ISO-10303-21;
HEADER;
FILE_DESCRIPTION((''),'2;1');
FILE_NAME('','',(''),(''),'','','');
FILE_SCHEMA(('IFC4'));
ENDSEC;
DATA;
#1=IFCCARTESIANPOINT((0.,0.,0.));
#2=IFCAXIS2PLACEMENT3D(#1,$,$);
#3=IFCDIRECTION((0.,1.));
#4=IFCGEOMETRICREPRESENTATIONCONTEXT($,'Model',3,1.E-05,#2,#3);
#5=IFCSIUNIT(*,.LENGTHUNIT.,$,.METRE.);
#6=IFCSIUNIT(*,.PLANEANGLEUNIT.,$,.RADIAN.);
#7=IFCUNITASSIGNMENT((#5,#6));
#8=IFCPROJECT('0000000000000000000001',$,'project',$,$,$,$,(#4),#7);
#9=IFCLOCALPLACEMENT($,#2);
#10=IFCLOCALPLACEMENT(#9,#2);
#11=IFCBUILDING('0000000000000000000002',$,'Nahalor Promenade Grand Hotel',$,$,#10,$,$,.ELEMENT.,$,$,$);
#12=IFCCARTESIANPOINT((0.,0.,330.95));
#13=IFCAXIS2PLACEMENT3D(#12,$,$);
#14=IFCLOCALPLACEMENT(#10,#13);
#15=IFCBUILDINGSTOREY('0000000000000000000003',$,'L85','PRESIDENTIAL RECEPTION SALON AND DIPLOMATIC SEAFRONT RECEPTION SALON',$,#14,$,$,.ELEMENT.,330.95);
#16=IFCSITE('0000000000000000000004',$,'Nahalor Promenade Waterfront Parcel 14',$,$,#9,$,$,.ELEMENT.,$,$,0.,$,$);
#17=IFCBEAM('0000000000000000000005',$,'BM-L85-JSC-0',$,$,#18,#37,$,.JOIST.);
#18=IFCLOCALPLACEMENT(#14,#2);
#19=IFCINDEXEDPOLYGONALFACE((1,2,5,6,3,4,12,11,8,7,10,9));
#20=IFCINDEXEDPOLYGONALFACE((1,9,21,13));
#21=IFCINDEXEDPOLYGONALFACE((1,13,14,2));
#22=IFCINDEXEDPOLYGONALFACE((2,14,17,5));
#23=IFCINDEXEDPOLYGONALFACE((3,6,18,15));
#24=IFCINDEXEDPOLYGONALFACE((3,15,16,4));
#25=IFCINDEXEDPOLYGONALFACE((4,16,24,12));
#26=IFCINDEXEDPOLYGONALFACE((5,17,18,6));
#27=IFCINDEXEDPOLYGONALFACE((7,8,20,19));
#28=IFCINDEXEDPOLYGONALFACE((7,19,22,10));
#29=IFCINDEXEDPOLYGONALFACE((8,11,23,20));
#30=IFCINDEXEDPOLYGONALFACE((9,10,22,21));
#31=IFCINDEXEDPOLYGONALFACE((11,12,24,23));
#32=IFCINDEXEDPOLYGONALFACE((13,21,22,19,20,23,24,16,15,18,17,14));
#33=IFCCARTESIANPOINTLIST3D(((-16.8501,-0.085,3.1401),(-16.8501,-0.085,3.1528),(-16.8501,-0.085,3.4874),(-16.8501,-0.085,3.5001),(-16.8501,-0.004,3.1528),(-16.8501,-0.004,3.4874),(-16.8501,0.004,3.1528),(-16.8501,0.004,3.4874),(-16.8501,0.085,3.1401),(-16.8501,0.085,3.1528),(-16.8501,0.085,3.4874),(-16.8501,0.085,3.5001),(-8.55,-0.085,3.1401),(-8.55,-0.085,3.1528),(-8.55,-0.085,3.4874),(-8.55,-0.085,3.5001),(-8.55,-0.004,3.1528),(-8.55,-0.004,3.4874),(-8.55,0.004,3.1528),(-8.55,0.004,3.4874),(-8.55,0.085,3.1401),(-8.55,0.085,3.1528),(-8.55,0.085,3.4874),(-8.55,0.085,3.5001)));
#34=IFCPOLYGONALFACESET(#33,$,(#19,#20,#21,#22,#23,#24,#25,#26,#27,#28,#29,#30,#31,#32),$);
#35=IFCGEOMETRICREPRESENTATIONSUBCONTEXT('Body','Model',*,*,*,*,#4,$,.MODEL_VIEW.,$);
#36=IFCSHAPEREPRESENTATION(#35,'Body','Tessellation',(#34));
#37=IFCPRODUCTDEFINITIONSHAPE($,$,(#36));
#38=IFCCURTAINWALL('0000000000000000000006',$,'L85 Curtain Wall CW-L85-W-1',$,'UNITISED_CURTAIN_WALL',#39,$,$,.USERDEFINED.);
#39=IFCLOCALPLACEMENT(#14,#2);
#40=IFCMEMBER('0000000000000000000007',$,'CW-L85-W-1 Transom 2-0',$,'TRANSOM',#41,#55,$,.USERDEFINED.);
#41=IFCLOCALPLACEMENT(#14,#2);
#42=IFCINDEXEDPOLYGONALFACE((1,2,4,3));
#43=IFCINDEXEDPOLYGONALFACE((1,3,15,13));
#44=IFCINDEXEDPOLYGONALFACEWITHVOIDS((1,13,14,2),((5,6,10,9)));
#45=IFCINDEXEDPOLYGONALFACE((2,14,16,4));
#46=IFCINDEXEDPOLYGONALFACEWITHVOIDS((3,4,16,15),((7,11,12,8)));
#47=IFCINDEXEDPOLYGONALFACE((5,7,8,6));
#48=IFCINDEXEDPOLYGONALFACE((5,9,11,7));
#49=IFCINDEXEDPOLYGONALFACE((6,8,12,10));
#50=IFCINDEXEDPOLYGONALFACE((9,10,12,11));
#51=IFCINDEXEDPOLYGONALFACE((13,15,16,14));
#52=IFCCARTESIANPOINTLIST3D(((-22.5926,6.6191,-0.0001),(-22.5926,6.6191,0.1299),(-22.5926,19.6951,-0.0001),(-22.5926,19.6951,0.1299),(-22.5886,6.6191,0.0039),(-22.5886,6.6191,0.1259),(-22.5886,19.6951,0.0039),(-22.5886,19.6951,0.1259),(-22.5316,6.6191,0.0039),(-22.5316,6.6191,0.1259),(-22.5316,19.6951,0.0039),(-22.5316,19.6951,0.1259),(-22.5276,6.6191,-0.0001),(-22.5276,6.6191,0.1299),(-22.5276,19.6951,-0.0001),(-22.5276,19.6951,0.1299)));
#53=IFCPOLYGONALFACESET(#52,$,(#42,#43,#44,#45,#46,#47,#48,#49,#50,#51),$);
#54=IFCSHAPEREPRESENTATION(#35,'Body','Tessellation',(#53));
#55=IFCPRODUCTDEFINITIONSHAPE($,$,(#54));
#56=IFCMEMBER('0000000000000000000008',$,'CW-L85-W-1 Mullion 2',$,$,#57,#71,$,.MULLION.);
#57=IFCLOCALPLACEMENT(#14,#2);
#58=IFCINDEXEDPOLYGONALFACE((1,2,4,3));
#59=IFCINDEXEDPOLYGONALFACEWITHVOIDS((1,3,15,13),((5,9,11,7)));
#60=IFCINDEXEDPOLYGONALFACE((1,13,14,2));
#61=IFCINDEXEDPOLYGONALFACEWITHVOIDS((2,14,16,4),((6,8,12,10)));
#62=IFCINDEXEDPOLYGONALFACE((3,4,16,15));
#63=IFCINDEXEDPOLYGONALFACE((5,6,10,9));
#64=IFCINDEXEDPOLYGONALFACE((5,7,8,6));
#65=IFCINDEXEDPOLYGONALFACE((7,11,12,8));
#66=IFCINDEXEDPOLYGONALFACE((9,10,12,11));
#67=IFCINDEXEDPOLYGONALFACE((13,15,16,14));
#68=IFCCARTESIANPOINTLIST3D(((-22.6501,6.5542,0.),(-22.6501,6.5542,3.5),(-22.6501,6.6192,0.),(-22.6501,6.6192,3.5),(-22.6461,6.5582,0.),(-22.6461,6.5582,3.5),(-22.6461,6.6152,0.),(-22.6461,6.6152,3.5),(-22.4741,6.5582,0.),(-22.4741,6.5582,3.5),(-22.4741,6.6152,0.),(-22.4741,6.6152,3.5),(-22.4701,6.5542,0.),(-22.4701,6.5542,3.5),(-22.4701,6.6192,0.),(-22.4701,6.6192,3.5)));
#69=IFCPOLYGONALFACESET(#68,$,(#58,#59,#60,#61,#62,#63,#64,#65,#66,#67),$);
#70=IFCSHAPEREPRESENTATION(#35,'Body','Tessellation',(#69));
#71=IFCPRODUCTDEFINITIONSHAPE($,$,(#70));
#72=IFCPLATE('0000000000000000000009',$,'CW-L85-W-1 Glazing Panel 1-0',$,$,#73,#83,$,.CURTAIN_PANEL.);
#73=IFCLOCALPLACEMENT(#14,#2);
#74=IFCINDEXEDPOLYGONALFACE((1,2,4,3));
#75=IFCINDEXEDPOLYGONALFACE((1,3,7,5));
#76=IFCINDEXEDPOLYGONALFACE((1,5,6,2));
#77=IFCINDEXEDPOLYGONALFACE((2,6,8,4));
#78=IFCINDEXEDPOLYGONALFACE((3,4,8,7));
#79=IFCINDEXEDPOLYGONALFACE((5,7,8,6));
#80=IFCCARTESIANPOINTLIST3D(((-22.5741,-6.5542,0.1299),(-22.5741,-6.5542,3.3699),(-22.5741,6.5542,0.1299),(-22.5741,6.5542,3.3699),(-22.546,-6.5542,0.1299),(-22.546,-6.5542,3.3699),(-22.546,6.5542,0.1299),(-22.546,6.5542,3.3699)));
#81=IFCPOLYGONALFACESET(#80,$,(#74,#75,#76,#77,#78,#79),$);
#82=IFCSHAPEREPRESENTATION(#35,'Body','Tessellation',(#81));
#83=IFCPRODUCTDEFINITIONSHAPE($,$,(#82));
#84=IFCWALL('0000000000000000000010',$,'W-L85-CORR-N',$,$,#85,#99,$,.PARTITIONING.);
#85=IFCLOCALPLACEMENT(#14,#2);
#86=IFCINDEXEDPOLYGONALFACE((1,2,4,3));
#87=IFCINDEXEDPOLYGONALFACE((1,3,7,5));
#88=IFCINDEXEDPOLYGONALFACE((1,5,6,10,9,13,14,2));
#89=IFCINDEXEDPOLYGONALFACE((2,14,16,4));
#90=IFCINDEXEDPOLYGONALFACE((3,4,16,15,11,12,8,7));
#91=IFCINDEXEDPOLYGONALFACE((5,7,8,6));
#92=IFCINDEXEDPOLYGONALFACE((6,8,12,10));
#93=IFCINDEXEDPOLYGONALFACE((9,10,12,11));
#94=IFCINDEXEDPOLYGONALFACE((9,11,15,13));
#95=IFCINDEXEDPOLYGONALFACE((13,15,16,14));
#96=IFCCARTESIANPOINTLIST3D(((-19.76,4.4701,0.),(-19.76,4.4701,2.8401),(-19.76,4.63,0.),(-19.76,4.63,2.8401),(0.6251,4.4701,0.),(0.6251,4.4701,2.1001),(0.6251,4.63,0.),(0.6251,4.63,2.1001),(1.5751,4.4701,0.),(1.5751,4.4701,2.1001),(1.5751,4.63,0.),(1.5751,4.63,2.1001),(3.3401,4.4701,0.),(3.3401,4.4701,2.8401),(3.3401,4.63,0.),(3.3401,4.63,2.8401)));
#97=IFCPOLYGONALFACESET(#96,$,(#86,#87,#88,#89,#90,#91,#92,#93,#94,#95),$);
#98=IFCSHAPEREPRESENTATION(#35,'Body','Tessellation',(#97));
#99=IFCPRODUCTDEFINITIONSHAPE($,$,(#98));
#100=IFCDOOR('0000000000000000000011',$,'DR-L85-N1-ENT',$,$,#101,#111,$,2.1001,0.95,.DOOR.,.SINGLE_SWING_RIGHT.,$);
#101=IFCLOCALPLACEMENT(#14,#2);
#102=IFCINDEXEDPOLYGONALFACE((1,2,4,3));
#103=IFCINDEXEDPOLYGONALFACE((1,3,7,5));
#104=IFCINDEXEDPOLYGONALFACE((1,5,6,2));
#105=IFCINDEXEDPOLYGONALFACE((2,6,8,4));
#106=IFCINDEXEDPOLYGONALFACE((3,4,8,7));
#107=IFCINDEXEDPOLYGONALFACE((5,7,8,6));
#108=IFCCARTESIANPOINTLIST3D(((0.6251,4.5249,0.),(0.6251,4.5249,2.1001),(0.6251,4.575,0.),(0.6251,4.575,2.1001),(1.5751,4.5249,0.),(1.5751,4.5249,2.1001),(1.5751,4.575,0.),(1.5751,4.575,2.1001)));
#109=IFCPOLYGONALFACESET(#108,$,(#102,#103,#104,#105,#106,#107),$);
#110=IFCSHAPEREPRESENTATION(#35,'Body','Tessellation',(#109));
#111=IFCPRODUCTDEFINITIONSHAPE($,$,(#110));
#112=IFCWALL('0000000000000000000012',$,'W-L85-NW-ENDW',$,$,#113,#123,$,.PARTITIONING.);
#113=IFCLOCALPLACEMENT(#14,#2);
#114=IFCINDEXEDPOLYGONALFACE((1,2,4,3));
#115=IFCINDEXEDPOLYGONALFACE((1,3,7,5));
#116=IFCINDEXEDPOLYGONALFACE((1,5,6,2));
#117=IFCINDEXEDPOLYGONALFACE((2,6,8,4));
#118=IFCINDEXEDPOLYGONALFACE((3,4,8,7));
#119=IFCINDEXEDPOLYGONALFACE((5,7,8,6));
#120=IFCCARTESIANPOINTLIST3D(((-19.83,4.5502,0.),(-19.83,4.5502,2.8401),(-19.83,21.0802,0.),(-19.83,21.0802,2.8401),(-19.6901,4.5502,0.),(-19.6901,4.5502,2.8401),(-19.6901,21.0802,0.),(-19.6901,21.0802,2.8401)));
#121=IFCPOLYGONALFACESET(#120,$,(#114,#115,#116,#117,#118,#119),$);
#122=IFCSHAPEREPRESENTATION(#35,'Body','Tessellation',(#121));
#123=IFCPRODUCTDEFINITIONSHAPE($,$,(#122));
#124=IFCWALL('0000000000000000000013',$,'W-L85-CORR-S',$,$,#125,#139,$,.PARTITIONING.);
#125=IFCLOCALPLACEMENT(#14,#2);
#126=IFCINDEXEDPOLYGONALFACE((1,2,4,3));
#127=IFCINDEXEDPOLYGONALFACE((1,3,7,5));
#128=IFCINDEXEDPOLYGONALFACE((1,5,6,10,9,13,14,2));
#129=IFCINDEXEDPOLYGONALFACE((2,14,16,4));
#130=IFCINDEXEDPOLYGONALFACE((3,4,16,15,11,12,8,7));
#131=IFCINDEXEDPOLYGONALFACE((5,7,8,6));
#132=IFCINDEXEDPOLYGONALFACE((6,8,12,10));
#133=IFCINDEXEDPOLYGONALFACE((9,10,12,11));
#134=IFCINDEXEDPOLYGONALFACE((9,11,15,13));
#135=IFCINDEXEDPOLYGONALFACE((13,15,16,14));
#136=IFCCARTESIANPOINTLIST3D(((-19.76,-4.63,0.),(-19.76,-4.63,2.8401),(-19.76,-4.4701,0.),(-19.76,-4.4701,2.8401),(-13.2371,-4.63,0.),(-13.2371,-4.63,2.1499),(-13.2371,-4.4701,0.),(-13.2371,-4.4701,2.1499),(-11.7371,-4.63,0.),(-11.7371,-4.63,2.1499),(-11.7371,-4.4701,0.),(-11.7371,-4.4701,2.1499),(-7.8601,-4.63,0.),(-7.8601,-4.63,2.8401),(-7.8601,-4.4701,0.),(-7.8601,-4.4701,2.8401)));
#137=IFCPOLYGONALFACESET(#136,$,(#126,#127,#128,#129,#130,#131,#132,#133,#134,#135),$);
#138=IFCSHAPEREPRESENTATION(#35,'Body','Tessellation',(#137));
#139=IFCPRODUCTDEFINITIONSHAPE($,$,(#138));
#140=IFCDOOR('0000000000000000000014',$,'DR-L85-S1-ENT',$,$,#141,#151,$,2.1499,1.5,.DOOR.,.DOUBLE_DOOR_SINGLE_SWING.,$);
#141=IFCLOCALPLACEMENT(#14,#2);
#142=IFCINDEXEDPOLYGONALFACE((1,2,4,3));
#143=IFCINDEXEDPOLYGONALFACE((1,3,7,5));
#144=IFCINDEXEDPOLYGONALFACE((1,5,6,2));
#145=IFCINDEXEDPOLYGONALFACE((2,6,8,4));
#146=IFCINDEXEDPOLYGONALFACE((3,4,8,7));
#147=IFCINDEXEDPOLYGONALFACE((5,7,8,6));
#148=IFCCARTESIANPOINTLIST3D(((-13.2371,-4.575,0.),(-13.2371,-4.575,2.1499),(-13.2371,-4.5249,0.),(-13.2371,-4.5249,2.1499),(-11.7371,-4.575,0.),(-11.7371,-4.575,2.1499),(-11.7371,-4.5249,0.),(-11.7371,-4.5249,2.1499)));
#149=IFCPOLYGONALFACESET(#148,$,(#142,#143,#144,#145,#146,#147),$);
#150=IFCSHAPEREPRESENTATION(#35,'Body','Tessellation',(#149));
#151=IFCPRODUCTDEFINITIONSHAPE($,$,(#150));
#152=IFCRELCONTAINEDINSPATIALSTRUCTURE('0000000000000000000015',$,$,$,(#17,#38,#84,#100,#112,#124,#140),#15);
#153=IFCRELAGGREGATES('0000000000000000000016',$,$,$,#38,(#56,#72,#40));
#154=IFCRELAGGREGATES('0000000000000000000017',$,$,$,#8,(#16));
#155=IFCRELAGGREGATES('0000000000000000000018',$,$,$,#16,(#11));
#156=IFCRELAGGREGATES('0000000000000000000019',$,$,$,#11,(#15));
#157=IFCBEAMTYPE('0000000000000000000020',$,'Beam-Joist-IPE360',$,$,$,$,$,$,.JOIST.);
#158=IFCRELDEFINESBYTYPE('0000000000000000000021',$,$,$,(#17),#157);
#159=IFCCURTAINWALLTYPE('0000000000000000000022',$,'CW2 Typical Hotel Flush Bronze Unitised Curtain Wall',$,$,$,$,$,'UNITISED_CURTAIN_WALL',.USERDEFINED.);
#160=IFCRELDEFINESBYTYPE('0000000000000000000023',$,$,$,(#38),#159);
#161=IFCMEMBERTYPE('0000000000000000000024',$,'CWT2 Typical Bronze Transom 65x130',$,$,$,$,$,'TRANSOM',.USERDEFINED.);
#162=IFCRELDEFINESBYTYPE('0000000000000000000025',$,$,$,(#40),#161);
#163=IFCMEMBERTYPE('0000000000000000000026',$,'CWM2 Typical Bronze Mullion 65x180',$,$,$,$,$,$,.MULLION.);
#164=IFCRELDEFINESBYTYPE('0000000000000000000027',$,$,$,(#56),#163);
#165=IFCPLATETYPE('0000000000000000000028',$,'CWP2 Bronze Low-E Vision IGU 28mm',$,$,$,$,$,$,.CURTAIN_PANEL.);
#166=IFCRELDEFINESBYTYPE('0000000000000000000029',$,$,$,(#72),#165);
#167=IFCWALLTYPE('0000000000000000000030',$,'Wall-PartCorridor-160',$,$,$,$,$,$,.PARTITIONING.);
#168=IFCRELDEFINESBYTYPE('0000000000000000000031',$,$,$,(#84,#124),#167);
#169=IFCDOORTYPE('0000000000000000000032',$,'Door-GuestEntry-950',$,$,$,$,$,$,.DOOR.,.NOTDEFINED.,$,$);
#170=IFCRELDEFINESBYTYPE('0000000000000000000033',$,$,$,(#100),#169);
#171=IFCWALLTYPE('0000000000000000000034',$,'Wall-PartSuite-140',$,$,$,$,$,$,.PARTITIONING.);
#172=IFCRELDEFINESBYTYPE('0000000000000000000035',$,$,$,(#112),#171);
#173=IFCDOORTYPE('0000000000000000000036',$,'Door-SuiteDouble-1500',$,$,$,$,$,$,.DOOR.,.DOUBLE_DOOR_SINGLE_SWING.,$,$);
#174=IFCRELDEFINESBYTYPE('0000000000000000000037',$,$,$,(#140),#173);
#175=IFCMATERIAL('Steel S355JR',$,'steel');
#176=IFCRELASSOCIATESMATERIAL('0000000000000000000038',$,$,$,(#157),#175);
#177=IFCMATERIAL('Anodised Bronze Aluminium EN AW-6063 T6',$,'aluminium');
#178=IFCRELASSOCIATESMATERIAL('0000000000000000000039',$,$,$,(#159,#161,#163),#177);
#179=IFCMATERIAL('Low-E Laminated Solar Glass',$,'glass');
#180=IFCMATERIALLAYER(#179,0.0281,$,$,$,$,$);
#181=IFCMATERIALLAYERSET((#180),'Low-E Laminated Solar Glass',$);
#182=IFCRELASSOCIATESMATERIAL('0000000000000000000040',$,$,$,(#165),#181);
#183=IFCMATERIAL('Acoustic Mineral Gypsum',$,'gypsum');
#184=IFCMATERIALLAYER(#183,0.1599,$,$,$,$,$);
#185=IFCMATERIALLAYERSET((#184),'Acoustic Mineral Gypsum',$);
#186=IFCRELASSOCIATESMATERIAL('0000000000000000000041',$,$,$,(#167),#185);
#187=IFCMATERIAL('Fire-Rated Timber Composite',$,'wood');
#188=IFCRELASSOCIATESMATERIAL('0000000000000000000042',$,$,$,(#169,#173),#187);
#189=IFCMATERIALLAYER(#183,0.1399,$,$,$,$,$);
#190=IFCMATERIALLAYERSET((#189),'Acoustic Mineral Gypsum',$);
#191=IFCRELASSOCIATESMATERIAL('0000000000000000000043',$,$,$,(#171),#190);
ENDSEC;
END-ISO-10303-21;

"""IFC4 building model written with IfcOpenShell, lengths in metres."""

from ifc_helpers import new_model, si_unit, direction, frame, frame_2d, origin, origin_2d, place, context, subcontext, project, spatial, rectangle, hollow_rectangle, i_section, extrude, source, transform, mapped, material, layer, layer_set, material_profile, profile_set, type_object, element, fill, aggregate, save


model = new_model("IFC4")

# Units and contexts
model_context = context("Model", 3, precision=1e-05, world=origin(), true_north=direction((0.0, 1.0)))
body_context = subcontext(model_context, "Body", "Model", "MODEL_VIEW")
ifc_project = project(units=[si_unit("LENGTHUNIT", "METRE"), si_unit("PLANEANGLEUNIT", "RADIAN")], contexts=[model_context])

# Site, building, storey
site_placement = place(None, origin())
site = spatial("IfcSite", under=ifc_project, at=site_placement, Name="Nahalor Promenade Waterfront Parcel 14", CompositionType="ELEMENT", RefElevation=0.0)
building_placement = place(site_placement, origin())
building = spatial("IfcBuilding", under=site, at=building_placement, Name="Nahalor Promenade Grand Hotel", CompositionType="ELEMENT")
storey_placement = place(building_placement, frame((0.0, 0.0, 330.95)))
storey = spatial("IfcBuildingStorey", under=building, at=storey_placement, Name="L85", Description="PRESIDENTIAL RECEPTION SALON AND DIPLOMATIC SEAFRONT RECEPTION SALON", CompositionType="ELEMENT", Elevation=330.95)

# Shared definitions
ifc_material_1 = material(Name="Steel S355JR", Category="steel")

# Beam
ifc_material_profile_1 = material_profile(ifc_material_1, i_section(OverallWidth=0.17, OverallDepth=0.36, WebThickness=0.008, FlangeThickness=0.0127, at=origin_2d()), Name="IPE 360")
ifc_profile_set_1 = profile_set([ifc_material_profile_1], Name="Steel S355JR")
beam_type_1 = type_object("IfcBeamType", Name="Beam-Joist-IPE360", PredefinedType="JOIST", material=ifc_profile_set_1)
shared_shape_1 = source(origin(), body_context, "Body", "SweptSolid", [
    extrude(i_section(OverallWidth=0.17, OverallDepth=0.36, WebThickness=0.008, FlangeThickness=0.0127, at=origin_2d()), origin(), (0.0, 0.0, 1.0), 8.3),
])
beam_1_placement = place(storey_placement, frame((-16.8501, 0.0, 3.3201), z_axis=(1.0, 0.0, 0.0), x_axis=(0.0, 1.0, 0.0)))
element("IfcBeam", 1, at=beam_1_placement, inside=storey, type_object=beam_type_1, Name="BM-L85-JSC-0", PredefinedType="JOIST", context=body_context, shape_type="MappedRepresentation", body=[
    mapped(shared_shape_1, transform((0.0, 0.0, 0.0), scale=1.0)),
])

# Curtain wall, members, plate
ifc_material_2 = material(Name="Anodised Bronze Aluminium EN AW-6063 T6", Category="aluminium")
curtain_wall_type = type_object("IfcCurtainWallType", Name="CW2 Typical Hotel Flush Bronze Unitised Curtain Wall", ElementType="UNITISED_CURTAIN_WALL", PredefinedType="USERDEFINED", material=ifc_material_2)
curtain_wall_placement = place(storey_placement, origin())
curtain_wall = element("IfcCurtainWall", 2, at=curtain_wall_placement, inside=storey, type_object=curtain_wall_type, Name="L85 Curtain Wall CW-L85-W-1", ObjectType="UNITISED_CURTAIN_WALL", PredefinedType="USERDEFINED")
ifc_material_profile_2 = material_profile(ifc_material_2, hollow_rectangle(XDim=0.065, YDim=0.13, WallThickness=0.004, at=origin_2d()), Name="CWT 65x130x4")
ifc_profile_set_2 = profile_set([ifc_material_profile_2], Name="Anodised Bronze Aluminium EN AW-6063 T6")
member_type_1 = type_object("IfcMemberType", Name="CWT2 Typical Bronze Transom 65x130", ElementType="TRANSOM", PredefinedType="USERDEFINED", material=ifc_profile_set_2)
shared_shape_2 = source(origin(), body_context, "Body", "SweptSolid", [
    extrude(hollow_rectangle(XDim=0.065, YDim=0.13, WallThickness=0.004, at=origin_2d()), origin(), (0.0, 0.0, 1.0), 13.0759),
])
member_1_placement = place(storey_placement, frame((-22.5601, 6.6191, 0.0649), z_axis=(0.0, 1.0, 0.0), x_axis=(-1.0, 0.0, 0.0)))
member_1 = element("IfcMember", 3, at=member_1_placement, type_object=member_type_1, Name="CW-L85-W-1 Transom 2-0", ObjectType="TRANSOM", PredefinedType="USERDEFINED", context=body_context, shape_type="MappedRepresentation", body=[
    mapped(shared_shape_2, transform((0.0, 0.0, 0.0), scale=1.0)),
])
ifc_material_profile_3 = material_profile(ifc_material_2, hollow_rectangle(XDim=0.065, YDim=0.18, WallThickness=0.004, at=origin_2d()), Name="CWM 65x180x4")
ifc_profile_set_3 = profile_set([ifc_material_profile_3], Name="Anodised Bronze Aluminium EN AW-6063 T6")
member_type_2 = type_object("IfcMemberType", Name="CWM2 Typical Bronze Mullion 65x180", PredefinedType="MULLION", material=ifc_profile_set_3)
shared_shape_3 = source(origin(), body_context, "Body", "SweptSolid", [
    extrude(hollow_rectangle(XDim=0.065, YDim=0.18, WallThickness=0.004, at=origin_2d()), origin(), (0.0, 0.0, 1.0), 3.5),
])
member_2_placement = place(storey_placement, frame((-22.5601, 6.5867, 0.0), z_axis=(0.0, 0.0, 1.0), x_axis=(0.0, 1.0, 0.0)))
member_2 = element("IfcMember", 4, at=member_2_placement, type_object=member_type_2, Name="CW-L85-W-1 Mullion 2", PredefinedType="MULLION", context=body_context, shape_type="MappedRepresentation", body=[
    mapped(shared_shape_3, transform((0.0, 0.0, 0.0), scale=1.0)),
])
ifc_material_3 = material(Name="Low-E Laminated Solar Glass", Category="glass")
ifc_layer_1 = layer(ifc_material_3, 0.0281)
ifc_layer_set_1 = layer_set([ifc_layer_1], Name="Low-E Laminated Solar Glass")
plate_type = type_object("IfcPlateType", Name="CWP2 Bronze Low-E Vision IGU 28mm", PredefinedType="CURTAIN_PANEL", material=ifc_layer_set_1)
shared_shape_4 = source(origin(), body_context, "Body", "SweptSolid", [
    extrude(rectangle(XDim=13.1084, YDim=0.0281, at=origin_2d()), origin(), (0.0, 0.0, 1.0), 3.24),
])
plate_placement = place(storey_placement, frame((-22.5601, 0.0, 0.1299), z_axis=(0.0, 0.0, 1.0), x_axis=(0.0, 1.0, 0.0)))
plate = element("IfcPlate", 5, at=plate_placement, type_object=plate_type, Name="CW-L85-W-1 Glazing Panel 1-0", PredefinedType="CURTAIN_PANEL", context=body_context, shape_type="MappedRepresentation", body=[
    mapped(shared_shape_4, transform((0.0, 0.0, 0.0), scale=1.0)),
])
aggregate(curtain_wall, [member_2, plate, member_1])

# Wall, opening, door
ifc_material_4 = material(Name="Acoustic Mineral Gypsum", Category="gypsum")
ifc_layer_2 = layer(ifc_material_4, 0.1599)
ifc_layer_set_2 = layer_set([ifc_layer_2], Name="Acoustic Mineral Gypsum")
wall_type_1 = type_object("IfcWallType", Name="Wall-PartCorridor-160", PredefinedType="PARTITIONING", material=ifc_layer_set_2)
shared_shape_5 = source(origin(), body_context, "Body", "SweptSolid", [
    extrude(rectangle(XDim=23.1001, YDim=0.1599, at=frame_2d((11.55, 0.0))), origin(), (0.0, 0.0, 1.0), 2.8401),
])
wall_1_placement = place(storey_placement, frame((-19.76, 4.55, 0.0), z_axis=(0.0, 0.0, 1.0), x_axis=(1.0, 0.0, 0.0)))
wall_1 = element("IfcWall", 6, at=wall_1_placement, inside=storey, type_object=wall_type_1, Name="W-L85-CORR-N", PredefinedType="PARTITIONING", context=body_context, shape_type="MappedRepresentation", body=[
    mapped(shared_shape_5, transform((0.0, 0.0, 0.0), scale=1.0)),
])
opening_1_placement = place(wall_1_placement, frame((20.385, 0.0, 0.0)))
opening_1 = element("IfcOpeningElement", 7, at=opening_1_placement, cuts=wall_1, PredefinedType="OPENING", context=body_context, shape_type="SweptSolid", body=[
    extrude(rectangle(XDim=0.95, YDim=2.1001, at=frame_2d((0.4751, 1.05))), frame((0.0, 0.0898, 0.0), z_axis=(0.0, -1.0, 0.0), x_axis=(1.0, 0.0, 0.0)), (0.0, 0.0, 1.0), 0.1799),
])
ifc_material_5 = material(Name="Fire-Rated Timber Composite", Category="wood")
door_type_1 = type_object("IfcDoorType", Name="Door-GuestEntry-950", OperationType="NOTDEFINED", PredefinedType="DOOR", material=ifc_material_5)
shared_shape_6 = source(origin(), body_context, "Body", "SweptSolid", [
    extrude(rectangle(XDim=0.95, YDim=2.1001, at=frame_2d((0.4751, 1.05))), frame((0.0, 0.0249, 0.0), z_axis=(0.0, -1.0, 0.0), x_axis=(1.0, 0.0, 0.0)), (0.0, 0.0, 1.0), 0.05),
])
door_1_placement = place(opening_1_placement, origin())
door_1 = element("IfcDoor", 8, at=door_1_placement, inside=storey, type_object=door_type_1, Name="DR-L85-N1-ENT", OperationType="SINGLE_SWING_RIGHT", OverallHeight=2.1001, OverallWidth=0.95, PredefinedType="DOOR", context=body_context, shape_type="MappedRepresentation", body=[
    mapped(shared_shape_6, transform((0.0, 0.0, 0.0), scale=1.0)),
])
fill(opening_1, door_1)

# Wall
ifc_layer_3 = layer(ifc_material_4, 0.1399)
ifc_layer_set_3 = layer_set([ifc_layer_3], Name="Acoustic Mineral Gypsum")
wall_type_2 = type_object("IfcWallType", Name="Wall-PartSuite-140", PredefinedType="PARTITIONING", material=ifc_layer_set_3)
shared_shape_7 = source(origin(), body_context, "Body", "SweptSolid", [
    extrude(rectangle(XDim=16.53, YDim=0.1399, at=frame_2d((8.2651, 0.0))), origin(), (0.0, 0.0, 1.0), 2.8401),
])
wall_2_placement = place(storey_placement, frame((-19.76, 4.55, 0.0), z_axis=(0.0, 0.0, 1.0), x_axis=(0.0, 1.0, 0.0)))
element("IfcWall", 9, at=wall_2_placement, inside=storey, type_object=wall_type_2, Name="W-L85-NW-ENDW", PredefinedType="PARTITIONING", context=body_context, shape_type="MappedRepresentation", body=[
    mapped(shared_shape_7, transform((0.0, 0.0, 0.0), scale=1.0)),
])

# Wall, opening, door
shared_shape_8 = source(origin(), body_context, "Body", "SweptSolid", [
    extrude(rectangle(XDim=11.8999, YDim=0.1599, at=frame_2d((5.95, 0.0))), origin(), (0.0, 0.0, 1.0), 2.8401),
])
wall_3_placement = place(storey_placement, frame((-19.76, -4.55, 0.0), z_axis=(0.0, 0.0, 1.0), x_axis=(1.0, 0.0, 0.0)))
wall_3 = element("IfcWall", 10, at=wall_3_placement, inside=storey, type_object=wall_type_1, Name="W-L85-CORR-S", PredefinedType="PARTITIONING", context=body_context, shape_type="MappedRepresentation", body=[
    mapped(shared_shape_8, transform((0.0, 0.0, 0.0), scale=1.0)),
])
opening_2_placement = place(wall_3_placement, frame((6.5229, 0.0, 0.0)))
opening_2 = element("IfcOpeningElement", 11, at=opening_2_placement, cuts=wall_3, PredefinedType="OPENING", context=body_context, shape_type="SweptSolid", body=[
    extrude(rectangle(XDim=1.5, YDim=2.1499, at=frame_2d((0.75, 1.075))), frame((0.0, 0.0898, 0.0), z_axis=(0.0, -1.0, 0.0), x_axis=(1.0, 0.0, 0.0)), (0.0, 0.0, 1.0), 0.1799),
])
door_type_2 = type_object("IfcDoorType", Name="Door-SuiteDouble-1500", OperationType="DOUBLE_DOOR_SINGLE_SWING", PredefinedType="DOOR", material=ifc_material_5)
shared_shape_9 = source(origin(), body_context, "Body", "SweptSolid", [
    extrude(rectangle(XDim=1.5, YDim=2.1499, at=frame_2d((0.75, 1.075))), frame((0.0, 0.0249, 0.0), z_axis=(0.0, -1.0, 0.0), x_axis=(1.0, 0.0, 0.0)), (0.0, 0.0, 1.0), 0.05),
])
door_2_placement = place(opening_2_placement, frame((1.5, 0.0, 0.0), z_axis=(0.0, 0.0, 1.0), x_axis=(-1.0, 0.0, 0.0)))
door_2 = element("IfcDoor", 12, at=door_2_placement, inside=storey, type_object=door_type_2, Name="DR-L85-S1-ENT", OperationType="DOUBLE_DOOR_SINGLE_SWING", OverallHeight=2.1499, OverallWidth=1.5, PredefinedType="DOOR", context=body_context, shape_type="MappedRepresentation", body=[
    mapped(shared_shape_9, transform((0.0, 0.0, 0.0), scale=1.0)),
])
fill(opening_2, door_2)

save(model, "model.ifc")
